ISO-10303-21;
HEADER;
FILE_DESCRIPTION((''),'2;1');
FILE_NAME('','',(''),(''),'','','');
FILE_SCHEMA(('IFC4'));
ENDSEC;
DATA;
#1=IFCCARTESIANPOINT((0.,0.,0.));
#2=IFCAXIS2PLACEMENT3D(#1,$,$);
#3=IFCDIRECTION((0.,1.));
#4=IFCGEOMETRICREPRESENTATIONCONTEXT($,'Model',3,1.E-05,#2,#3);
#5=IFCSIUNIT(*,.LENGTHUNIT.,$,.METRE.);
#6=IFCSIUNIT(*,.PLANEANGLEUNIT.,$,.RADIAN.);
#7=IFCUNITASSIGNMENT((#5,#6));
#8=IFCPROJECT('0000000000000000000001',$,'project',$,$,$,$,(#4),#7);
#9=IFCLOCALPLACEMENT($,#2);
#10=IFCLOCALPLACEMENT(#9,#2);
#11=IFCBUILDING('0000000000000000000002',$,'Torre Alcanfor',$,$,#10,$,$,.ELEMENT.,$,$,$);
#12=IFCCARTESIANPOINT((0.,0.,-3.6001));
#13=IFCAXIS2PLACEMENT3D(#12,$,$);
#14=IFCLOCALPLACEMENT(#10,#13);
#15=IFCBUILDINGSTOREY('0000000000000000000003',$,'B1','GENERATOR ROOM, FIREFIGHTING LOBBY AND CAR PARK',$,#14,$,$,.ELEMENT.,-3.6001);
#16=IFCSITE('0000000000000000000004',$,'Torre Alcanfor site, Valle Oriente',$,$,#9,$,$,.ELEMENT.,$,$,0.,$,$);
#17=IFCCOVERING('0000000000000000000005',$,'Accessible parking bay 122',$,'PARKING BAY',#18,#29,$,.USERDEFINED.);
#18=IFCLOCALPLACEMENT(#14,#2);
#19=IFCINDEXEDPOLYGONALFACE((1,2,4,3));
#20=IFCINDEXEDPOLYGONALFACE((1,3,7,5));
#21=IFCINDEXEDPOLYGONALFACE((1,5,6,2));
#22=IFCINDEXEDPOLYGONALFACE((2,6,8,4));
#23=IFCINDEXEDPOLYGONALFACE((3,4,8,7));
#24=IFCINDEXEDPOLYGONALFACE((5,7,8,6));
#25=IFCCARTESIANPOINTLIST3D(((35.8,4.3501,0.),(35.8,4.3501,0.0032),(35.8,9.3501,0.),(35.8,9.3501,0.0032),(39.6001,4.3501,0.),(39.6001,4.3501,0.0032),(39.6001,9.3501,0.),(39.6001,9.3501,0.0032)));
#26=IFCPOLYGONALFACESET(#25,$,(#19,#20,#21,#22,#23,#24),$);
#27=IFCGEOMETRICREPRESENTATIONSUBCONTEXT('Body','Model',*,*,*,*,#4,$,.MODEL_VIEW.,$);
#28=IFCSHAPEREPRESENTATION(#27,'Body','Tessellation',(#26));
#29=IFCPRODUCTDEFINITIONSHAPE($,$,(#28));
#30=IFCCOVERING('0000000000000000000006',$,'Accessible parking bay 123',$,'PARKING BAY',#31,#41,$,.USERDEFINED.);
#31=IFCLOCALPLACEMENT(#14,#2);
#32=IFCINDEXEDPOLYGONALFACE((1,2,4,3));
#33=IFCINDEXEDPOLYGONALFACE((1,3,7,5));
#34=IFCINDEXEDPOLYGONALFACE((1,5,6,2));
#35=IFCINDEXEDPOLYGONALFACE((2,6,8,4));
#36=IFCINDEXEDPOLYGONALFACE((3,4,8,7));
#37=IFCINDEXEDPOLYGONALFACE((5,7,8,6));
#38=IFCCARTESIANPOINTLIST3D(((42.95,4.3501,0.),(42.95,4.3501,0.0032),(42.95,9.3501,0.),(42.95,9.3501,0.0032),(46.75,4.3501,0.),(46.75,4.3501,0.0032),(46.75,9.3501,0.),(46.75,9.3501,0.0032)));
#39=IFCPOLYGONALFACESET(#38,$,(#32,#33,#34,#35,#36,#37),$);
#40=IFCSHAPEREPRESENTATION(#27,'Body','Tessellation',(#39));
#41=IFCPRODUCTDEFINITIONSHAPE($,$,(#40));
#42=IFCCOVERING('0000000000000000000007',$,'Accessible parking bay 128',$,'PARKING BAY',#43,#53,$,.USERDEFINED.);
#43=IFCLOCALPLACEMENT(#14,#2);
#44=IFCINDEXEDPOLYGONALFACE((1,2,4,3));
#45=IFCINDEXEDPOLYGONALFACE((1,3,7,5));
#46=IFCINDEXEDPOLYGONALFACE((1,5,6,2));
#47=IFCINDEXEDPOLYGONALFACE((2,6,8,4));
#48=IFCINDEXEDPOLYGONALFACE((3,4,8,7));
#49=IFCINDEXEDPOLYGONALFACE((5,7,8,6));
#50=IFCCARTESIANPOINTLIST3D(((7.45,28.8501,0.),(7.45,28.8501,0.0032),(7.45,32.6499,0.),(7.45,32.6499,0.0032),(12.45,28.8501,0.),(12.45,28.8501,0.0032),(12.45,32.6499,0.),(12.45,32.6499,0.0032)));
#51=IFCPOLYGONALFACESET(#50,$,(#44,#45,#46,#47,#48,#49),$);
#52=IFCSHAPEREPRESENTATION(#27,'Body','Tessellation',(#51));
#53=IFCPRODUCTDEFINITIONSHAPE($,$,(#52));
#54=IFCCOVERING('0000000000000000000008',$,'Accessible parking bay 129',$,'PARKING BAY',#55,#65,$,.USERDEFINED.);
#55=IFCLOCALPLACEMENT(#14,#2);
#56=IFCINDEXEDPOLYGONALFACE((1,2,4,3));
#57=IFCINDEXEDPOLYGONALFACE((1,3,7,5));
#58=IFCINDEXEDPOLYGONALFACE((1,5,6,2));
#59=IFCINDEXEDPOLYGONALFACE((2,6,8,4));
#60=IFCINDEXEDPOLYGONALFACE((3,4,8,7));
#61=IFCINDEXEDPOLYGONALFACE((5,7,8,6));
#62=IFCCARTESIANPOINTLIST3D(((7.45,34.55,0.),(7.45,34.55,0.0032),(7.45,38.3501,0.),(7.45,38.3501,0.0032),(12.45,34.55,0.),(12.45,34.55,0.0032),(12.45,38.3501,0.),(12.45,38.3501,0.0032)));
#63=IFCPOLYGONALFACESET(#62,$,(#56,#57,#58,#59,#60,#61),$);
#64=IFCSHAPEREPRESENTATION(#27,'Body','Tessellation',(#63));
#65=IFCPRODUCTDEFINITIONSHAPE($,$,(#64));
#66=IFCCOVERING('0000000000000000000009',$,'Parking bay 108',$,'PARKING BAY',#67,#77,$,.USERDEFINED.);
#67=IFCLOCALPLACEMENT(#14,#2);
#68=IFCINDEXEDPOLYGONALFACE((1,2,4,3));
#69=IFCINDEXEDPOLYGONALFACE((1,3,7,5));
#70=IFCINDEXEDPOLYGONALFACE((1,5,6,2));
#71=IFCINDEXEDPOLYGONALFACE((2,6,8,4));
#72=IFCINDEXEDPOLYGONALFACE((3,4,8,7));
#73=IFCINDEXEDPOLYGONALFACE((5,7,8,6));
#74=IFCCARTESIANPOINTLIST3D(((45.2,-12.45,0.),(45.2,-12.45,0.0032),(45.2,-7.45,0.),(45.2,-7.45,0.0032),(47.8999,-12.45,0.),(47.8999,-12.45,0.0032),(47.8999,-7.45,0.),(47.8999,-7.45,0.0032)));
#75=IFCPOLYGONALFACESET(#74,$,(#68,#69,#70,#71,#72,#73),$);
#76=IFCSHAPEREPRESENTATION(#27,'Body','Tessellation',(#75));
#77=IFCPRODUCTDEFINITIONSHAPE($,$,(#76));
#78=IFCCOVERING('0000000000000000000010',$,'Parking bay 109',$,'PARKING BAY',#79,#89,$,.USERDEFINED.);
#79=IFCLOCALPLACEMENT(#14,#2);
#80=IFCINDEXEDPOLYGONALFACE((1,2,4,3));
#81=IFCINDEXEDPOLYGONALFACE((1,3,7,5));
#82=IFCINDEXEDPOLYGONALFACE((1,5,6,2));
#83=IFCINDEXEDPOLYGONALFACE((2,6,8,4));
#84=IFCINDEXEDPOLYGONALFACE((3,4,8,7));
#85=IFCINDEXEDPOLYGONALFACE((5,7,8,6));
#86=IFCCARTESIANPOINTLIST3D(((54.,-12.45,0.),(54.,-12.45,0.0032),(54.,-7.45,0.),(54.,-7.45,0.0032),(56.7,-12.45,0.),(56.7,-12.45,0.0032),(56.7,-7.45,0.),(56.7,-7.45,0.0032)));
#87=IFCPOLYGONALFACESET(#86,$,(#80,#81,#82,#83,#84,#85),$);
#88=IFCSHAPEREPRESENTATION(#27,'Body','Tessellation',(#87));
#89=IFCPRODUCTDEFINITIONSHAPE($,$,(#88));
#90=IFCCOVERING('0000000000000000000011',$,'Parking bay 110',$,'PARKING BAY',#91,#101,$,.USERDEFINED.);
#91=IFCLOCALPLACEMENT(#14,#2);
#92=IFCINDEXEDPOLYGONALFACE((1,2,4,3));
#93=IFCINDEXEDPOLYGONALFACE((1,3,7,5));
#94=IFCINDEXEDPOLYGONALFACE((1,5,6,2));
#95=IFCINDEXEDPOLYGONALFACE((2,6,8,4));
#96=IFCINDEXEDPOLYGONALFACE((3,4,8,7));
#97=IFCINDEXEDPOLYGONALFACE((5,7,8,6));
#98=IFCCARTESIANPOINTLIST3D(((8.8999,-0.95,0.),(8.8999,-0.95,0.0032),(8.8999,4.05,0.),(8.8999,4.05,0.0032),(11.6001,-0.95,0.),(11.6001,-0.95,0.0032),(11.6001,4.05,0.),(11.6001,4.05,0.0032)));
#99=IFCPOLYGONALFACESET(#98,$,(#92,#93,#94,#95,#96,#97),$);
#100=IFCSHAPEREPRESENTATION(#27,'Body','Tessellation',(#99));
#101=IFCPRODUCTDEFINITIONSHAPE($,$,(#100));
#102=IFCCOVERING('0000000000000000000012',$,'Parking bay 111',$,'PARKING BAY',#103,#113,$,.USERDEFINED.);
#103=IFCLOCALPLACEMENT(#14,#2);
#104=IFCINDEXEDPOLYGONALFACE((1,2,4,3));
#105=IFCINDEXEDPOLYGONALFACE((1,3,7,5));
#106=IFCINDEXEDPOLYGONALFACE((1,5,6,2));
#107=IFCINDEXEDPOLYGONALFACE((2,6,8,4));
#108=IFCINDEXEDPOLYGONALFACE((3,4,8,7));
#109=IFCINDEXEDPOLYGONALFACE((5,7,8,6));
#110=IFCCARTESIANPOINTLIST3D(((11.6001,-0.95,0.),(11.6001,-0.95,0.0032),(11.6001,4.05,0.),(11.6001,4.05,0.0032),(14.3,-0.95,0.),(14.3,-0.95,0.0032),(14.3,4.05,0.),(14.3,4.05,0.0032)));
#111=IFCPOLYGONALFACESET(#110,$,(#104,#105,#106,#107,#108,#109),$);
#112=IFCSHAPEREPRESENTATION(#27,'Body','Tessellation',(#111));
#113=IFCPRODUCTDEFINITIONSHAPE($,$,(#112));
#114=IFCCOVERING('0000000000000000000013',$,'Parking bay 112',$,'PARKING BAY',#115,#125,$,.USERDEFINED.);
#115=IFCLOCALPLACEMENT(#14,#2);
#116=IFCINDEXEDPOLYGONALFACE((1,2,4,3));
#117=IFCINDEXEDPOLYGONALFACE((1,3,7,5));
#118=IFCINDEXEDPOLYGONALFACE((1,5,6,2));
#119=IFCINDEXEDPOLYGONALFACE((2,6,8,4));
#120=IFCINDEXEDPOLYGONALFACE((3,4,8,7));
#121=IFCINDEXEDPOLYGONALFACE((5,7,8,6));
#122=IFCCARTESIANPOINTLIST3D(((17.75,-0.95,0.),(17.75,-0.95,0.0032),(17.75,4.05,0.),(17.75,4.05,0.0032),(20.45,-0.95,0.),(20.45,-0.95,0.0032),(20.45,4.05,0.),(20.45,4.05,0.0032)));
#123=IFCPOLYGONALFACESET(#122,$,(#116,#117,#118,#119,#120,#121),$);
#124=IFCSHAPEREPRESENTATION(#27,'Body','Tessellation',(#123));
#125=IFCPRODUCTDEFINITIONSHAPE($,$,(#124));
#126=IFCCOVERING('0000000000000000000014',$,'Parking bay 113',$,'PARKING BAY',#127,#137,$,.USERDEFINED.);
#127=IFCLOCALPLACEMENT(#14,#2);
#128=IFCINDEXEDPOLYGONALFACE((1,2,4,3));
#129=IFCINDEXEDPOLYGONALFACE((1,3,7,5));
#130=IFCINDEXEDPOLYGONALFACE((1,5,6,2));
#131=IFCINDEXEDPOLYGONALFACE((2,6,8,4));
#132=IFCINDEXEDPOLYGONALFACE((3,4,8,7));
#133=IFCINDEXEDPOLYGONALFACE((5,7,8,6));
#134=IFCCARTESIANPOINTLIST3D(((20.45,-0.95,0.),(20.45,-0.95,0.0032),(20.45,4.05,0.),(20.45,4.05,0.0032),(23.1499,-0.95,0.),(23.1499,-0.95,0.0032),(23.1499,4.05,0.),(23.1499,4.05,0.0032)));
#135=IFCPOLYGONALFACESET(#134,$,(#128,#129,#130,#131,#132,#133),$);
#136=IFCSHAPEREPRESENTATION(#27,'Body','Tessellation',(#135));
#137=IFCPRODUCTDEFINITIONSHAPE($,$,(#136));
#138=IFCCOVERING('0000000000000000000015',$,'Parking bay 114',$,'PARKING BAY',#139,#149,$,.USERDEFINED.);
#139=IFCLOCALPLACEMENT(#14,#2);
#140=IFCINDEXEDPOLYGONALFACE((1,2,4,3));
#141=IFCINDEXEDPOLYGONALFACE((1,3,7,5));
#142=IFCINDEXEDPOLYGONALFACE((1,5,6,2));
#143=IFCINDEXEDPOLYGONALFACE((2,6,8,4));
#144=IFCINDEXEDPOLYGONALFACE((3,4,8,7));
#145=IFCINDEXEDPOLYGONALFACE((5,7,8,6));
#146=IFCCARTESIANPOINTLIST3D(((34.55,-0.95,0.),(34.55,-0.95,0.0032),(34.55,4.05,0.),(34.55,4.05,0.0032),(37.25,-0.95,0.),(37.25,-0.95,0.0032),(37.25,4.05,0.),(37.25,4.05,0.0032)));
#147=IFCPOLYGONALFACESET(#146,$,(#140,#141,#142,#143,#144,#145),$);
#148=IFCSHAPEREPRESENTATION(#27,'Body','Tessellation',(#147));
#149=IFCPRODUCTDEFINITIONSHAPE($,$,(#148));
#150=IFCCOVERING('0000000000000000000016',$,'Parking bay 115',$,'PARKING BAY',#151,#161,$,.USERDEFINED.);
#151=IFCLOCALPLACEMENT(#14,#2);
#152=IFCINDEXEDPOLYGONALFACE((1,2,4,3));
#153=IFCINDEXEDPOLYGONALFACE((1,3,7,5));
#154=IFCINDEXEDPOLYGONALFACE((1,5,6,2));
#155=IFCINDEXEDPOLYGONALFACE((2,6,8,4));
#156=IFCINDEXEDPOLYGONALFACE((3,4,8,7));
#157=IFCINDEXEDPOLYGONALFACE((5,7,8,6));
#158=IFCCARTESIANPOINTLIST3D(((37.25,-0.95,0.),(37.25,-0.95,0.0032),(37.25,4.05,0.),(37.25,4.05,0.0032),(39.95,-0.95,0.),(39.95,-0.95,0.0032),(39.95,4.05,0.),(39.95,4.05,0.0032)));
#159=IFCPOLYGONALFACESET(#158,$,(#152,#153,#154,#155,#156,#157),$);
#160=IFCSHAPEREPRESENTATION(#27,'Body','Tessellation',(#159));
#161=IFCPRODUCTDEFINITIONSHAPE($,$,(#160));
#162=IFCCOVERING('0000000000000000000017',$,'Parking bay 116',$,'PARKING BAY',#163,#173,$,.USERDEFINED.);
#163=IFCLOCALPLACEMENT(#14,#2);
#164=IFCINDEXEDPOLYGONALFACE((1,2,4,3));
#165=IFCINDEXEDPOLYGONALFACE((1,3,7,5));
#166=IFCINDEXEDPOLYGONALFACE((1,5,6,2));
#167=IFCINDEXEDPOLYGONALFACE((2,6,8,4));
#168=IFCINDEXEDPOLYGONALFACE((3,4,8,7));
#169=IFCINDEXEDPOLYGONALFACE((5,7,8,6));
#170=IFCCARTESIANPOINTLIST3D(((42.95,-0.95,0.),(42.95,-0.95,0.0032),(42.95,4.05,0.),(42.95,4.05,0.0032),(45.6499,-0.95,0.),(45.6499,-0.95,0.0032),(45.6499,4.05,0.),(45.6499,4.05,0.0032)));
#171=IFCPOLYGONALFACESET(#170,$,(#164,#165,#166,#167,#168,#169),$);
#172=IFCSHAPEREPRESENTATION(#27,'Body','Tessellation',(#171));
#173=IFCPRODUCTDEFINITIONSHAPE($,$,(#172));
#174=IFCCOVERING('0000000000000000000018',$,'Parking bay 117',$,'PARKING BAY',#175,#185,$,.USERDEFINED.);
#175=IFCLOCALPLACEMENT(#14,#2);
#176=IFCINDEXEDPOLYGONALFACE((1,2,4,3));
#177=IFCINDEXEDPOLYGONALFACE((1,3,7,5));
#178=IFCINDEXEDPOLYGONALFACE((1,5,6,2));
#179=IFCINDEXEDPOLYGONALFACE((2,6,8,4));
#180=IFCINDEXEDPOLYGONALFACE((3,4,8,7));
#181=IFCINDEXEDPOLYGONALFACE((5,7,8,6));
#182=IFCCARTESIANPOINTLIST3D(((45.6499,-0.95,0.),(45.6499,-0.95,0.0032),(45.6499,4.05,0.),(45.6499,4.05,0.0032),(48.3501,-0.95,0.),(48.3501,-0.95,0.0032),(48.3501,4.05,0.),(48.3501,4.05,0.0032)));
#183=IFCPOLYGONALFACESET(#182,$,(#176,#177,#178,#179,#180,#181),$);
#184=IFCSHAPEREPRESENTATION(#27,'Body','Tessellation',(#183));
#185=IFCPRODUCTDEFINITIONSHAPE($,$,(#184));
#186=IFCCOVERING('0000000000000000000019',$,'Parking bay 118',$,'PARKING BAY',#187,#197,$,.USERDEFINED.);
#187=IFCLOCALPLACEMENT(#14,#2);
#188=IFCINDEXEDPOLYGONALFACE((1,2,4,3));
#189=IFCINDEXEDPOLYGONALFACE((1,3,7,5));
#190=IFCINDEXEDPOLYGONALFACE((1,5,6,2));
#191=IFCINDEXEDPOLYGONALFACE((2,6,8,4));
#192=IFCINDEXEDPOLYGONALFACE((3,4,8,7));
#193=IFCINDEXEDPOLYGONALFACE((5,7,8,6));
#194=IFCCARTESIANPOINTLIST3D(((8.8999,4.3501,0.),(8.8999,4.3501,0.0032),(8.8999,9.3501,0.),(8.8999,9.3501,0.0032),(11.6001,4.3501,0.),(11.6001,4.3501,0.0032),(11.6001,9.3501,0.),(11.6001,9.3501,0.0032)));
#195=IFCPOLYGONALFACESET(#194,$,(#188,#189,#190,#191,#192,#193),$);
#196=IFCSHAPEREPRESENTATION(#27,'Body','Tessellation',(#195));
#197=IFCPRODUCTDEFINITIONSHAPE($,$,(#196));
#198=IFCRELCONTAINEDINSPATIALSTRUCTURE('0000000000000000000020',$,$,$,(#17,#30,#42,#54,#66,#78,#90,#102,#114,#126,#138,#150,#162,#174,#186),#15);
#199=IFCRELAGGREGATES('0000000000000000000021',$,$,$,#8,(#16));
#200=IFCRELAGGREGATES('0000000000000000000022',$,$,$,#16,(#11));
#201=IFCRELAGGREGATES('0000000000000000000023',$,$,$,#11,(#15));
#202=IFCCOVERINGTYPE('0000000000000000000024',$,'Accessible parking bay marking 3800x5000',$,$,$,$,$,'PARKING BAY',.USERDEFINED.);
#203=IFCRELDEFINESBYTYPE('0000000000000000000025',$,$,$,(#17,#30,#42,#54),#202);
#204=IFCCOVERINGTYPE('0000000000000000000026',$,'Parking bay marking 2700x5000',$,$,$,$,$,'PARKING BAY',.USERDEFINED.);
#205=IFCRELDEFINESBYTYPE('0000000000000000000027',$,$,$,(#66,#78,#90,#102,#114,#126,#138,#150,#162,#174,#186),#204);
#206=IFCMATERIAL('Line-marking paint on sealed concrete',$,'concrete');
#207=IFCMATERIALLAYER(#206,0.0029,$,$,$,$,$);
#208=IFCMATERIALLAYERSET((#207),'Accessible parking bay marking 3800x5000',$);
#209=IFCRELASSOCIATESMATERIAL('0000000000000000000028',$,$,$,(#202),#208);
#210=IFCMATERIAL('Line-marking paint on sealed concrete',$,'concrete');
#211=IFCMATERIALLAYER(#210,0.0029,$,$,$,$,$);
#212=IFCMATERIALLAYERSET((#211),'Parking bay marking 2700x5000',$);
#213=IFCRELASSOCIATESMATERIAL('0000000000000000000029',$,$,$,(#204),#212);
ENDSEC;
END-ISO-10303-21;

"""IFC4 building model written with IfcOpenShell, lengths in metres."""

from ifc_helpers import new_model, si_unit, direction, frame, origin, place, context, subcontext, project, spatial, polyline, outline, extrude, material, layer, layer_set, type_object, element, save


model = new_model("IFC4")

# Units and contexts
model_context = context("Model", 3, precision=1e-05, world=origin(), true_north=direction((0.0, 1.0)))
body_context = subcontext(model_context, "Body", "Model", "MODEL_VIEW")
ifc_project = project(units=[si_unit("LENGTHUNIT", "METRE"), si_unit("PLANEANGLEUNIT", "RADIAN")], contexts=[model_context])

# Site, building, storey
site_placement = place(None, origin())
site = spatial("IfcSite", under=ifc_project, at=site_placement, Name="Torre Alcanfor site, Valle Oriente", CompositionType="ELEMENT", RefElevation=0.0)
building_placement = place(site_placement, origin())
building = spatial("IfcBuilding", under=site, at=building_placement, Name="Torre Alcanfor", CompositionType="ELEMENT")
storey_placement = place(building_placement, frame((0.0, 0.0, -3.6001)))
storey = spatial("IfcBuildingStorey", under=building, at=storey_placement, Name="B1", Description="GENERATOR ROOM, FIREFIGHTING LOBBY AND CAR PARK", CompositionType="ELEMENT", Elevation=-3.6001)

# Coverings
ifc_material_1 = material(Name="Line-marking paint on sealed concrete", Category="concrete")
ifc_layer_1 = layer(ifc_material_1, 0.0029)
ifc_layer_set_1 = layer_set([ifc_layer_1], Name="Accessible parking bay marking 3800x5000")
covering_type_1 = type_object("IfcCoveringType", Name="Accessible parking bay marking 3800x5000", ElementType="PARKING BAY", PredefinedType="USERDEFINED", material=ifc_layer_set_1)
covering_1_placement = place(storey_placement, origin())
element("IfcCovering", 1, at=covering_1_placement, inside=storey, type_object=covering_type_1, Name="Accessible parking bay 122", ObjectType="PARKING BAY", PredefinedType="USERDEFINED", context=body_context, shape_type="SweptSolid", body=[
    extrude(outline(polyline([(35.8, 4.3501), (39.6001, 4.3501), (39.6001, 9.3501), (35.8, 9.3501), (35.8, 4.3501)])), origin(), (0.0, 0.0, 1.0), 0.0032),
])
covering_2_placement = place(storey_placement, origin())
element("IfcCovering", 2, at=covering_2_placement, inside=storey, type_object=covering_type_1, Name="Accessible parking bay 123", ObjectType="PARKING BAY", PredefinedType="USERDEFINED", context=body_context, shape_type="SweptSolid", body=[
    extrude(outline(polyline([(42.95, 4.3501), (46.75, 4.3501), (46.75, 9.3501), (42.95, 9.3501), (42.95, 4.3501)])), origin(), (0.0, 0.0, 1.0), 0.0032),
])
covering_3_placement = place(storey_placement, origin())
element("IfcCovering", 3, at=covering_3_placement, inside=storey, type_object=covering_type_1, Name="Accessible parking bay 128", ObjectType="PARKING BAY", PredefinedType="USERDEFINED", context=body_context, shape_type="SweptSolid", body=[
    extrude(outline(polyline([(7.45, 28.8501), (12.45, 28.8501), (12.45, 32.6499), (7.45, 32.6499), (7.45, 28.8501)])), origin(), (0.0, 0.0, 1.0), 0.0032),
])
covering_4_placement = place(storey_placement, origin())
element("IfcCovering", 4, at=covering_4_placement, inside=storey, type_object=covering_type_1, Name="Accessible parking bay 129", ObjectType="PARKING BAY", PredefinedType="USERDEFINED", context=body_context, shape_type="SweptSolid", body=[
    extrude(outline(polyline([(7.45, 34.55), (12.45, 34.55), (12.45, 38.3501), (7.45, 38.3501), (7.45, 34.55)])), origin(), (0.0, 0.0, 1.0), 0.0032),
])
ifc_material_2 = material(Name="Line-marking paint on sealed concrete", Category="concrete")
ifc_layer_2 = layer(ifc_material_2, 0.0029)
ifc_layer_set_2 = layer_set([ifc_layer_2], Name="Parking bay marking 2700x5000")
covering_type_2 = type_object("IfcCoveringType", Name="Parking bay marking 2700x5000", ElementType="PARKING BAY", PredefinedType="USERDEFINED", material=ifc_layer_set_2)
covering_5_placement = place(storey_placement, origin())
element("IfcCovering", 5, at=covering_5_placement, inside=storey, type_object=covering_type_2, Name="Parking bay 108", ObjectType="PARKING BAY", PredefinedType="USERDEFINED", context=body_context, shape_type="SweptSolid", body=[
    extrude(outline(polyline([(45.2, -12.45), (47.8999, -12.45), (47.8999, -7.45), (45.2, -7.45), (45.2, -12.45)])), origin(), (0.0, 0.0, 1.0), 0.0032),
])
covering_6_placement = place(storey_placement, origin())
element("IfcCovering", 6, at=covering_6_placement, inside=storey, type_object=covering_type_2, Name="Parking bay 109", ObjectType="PARKING BAY", PredefinedType="USERDEFINED", context=body_context, shape_type="SweptSolid", body=[
    extrude(outline(polyline([(54.0, -12.45), (56.7, -12.45), (56.7, -7.45), (54.0, -7.45), (54.0, -12.45)])), origin(), (0.0, 0.0, 1.0), 0.0032),
])
covering_7_placement = place(storey_placement, origin())
element("IfcCovering", 7, at=covering_7_placement, inside=storey, type_object=covering_type_2, Name="Parking bay 110", ObjectType="PARKING BAY", PredefinedType="USERDEFINED", context=body_context, shape_type="SweptSolid", body=[
    extrude(outline(polyline([(8.8999, -0.95), (11.6001, -0.95), (11.6001, 4.05), (8.8999, 4.05), (8.8999, -0.95)])), origin(), (0.0, 0.0, 1.0), 0.0032),
])
covering_8_placement = place(storey_placement, origin())
element("IfcCovering", 8, at=covering_8_placement, inside=storey, type_object=covering_type_2, Name="Parking bay 111", ObjectType="PARKING BAY", PredefinedType="USERDEFINED", context=body_context, shape_type="SweptSolid", body=[
    extrude(outline(polyline([(11.6001, -0.95), (14.3, -0.95), (14.3, 4.05), (11.6001, 4.05), (11.6001, -0.95)])), origin(), (0.0, 0.0, 1.0), 0.0032),
])
covering_9_placement = place(storey_placement, origin())
element("IfcCovering", 9, at=covering_9_placement, inside=storey, type_object=covering_type_2, Name="Parking bay 112", ObjectType="PARKING BAY", PredefinedType="USERDEFINED", context=body_context, shape_type="SweptSolid", body=[
    extrude(outline(polyline([(17.75, -0.95), (20.45, -0.95), (20.45, 4.05), (17.75, 4.05), (17.75, -0.95)])), origin(), (0.0, 0.0, 1.0), 0.0032),
])
covering_10_placement = place(storey_placement, origin())
element("IfcCovering", 10, at=covering_10_placement, inside=storey, type_object=covering_type_2, Name="Parking bay 113", ObjectType="PARKING BAY", PredefinedType="USERDEFINED", context=body_context, shape_type="SweptSolid", body=[
    extrude(outline(polyline([(20.45, -0.95), (23.1499, -0.95), (23.1499, 4.05), (20.45, 4.05), (20.45, -0.95)])), origin(), (0.0, 0.0, 1.0), 0.0032),
])
covering_11_placement = place(storey_placement, origin())
element("IfcCovering", 11, at=covering_11_placement, inside=storey, type_object=covering_type_2, Name="Parking bay 114", ObjectType="PARKING BAY", PredefinedType="USERDEFINED", context=body_context, shape_type="SweptSolid", body=[
    extrude(outline(polyline([(34.55, -0.95), (37.25, -0.95), (37.25, 4.05), (34.55, 4.05), (34.55, -0.95)])), origin(), (0.0, 0.0, 1.0), 0.0032),
])
covering_12_placement = place(storey_placement, origin())
element("IfcCovering", 12, at=covering_12_placement, inside=storey, type_object=covering_type_2, Name="Parking bay 115", ObjectType="PARKING BAY", PredefinedType="USERDEFINED", context=body_context, shape_type="SweptSolid", body=[
    extrude(outline(polyline([(37.25, -0.95), (39.95, -0.95), (39.95, 4.05), (37.25, 4.05), (37.25, -0.95)])), origin(), (0.0, 0.0, 1.0), 0.0032),
])
covering_13_placement = place(storey_placement, origin())
element("IfcCovering", 13, at=covering_13_placement, inside=storey, type_object=covering_type_2, Name="Parking bay 116", ObjectType="PARKING BAY", PredefinedType="USERDEFINED", context=body_context, shape_type="SweptSolid", body=[
    extrude(outline(polyline([(42.95, -0.95), (45.6499, -0.95), (45.6499, 4.05), (42.95, 4.05), (42.95, -0.95)])), origin(), (0.0, 0.0, 1.0), 0.0032),
])
covering_14_placement = place(storey_placement, origin())
element("IfcCovering", 14, at=covering_14_placement, inside=storey, type_object=covering_type_2, Name="Parking bay 117", ObjectType="PARKING BAY", PredefinedType="USERDEFINED", context=body_context, shape_type="SweptSolid", body=[
    extrude(outline(polyline([(45.6499, -0.95), (48.3501, -0.95), (48.3501, 4.05), (45.6499, 4.05), (45.6499, -0.95)])), origin(), (0.0, 0.0, 1.0), 0.0032),
])
covering_15_placement = place(storey_placement, origin())
element("IfcCovering", 15, at=covering_15_placement, inside=storey, type_object=covering_type_2, Name="Parking bay 118", ObjectType="PARKING BAY", PredefinedType="USERDEFINED", context=body_context, shape_type="SweptSolid", body=[
    extrude(outline(polyline([(8.8999, 4.3501), (11.6001, 4.3501), (11.6001, 9.3501), (8.8999, 9.3501), (8.8999, 4.3501)])), origin(), (0.0, 0.0, 1.0), 0.0032),
])

save(model, "model.ifc")
